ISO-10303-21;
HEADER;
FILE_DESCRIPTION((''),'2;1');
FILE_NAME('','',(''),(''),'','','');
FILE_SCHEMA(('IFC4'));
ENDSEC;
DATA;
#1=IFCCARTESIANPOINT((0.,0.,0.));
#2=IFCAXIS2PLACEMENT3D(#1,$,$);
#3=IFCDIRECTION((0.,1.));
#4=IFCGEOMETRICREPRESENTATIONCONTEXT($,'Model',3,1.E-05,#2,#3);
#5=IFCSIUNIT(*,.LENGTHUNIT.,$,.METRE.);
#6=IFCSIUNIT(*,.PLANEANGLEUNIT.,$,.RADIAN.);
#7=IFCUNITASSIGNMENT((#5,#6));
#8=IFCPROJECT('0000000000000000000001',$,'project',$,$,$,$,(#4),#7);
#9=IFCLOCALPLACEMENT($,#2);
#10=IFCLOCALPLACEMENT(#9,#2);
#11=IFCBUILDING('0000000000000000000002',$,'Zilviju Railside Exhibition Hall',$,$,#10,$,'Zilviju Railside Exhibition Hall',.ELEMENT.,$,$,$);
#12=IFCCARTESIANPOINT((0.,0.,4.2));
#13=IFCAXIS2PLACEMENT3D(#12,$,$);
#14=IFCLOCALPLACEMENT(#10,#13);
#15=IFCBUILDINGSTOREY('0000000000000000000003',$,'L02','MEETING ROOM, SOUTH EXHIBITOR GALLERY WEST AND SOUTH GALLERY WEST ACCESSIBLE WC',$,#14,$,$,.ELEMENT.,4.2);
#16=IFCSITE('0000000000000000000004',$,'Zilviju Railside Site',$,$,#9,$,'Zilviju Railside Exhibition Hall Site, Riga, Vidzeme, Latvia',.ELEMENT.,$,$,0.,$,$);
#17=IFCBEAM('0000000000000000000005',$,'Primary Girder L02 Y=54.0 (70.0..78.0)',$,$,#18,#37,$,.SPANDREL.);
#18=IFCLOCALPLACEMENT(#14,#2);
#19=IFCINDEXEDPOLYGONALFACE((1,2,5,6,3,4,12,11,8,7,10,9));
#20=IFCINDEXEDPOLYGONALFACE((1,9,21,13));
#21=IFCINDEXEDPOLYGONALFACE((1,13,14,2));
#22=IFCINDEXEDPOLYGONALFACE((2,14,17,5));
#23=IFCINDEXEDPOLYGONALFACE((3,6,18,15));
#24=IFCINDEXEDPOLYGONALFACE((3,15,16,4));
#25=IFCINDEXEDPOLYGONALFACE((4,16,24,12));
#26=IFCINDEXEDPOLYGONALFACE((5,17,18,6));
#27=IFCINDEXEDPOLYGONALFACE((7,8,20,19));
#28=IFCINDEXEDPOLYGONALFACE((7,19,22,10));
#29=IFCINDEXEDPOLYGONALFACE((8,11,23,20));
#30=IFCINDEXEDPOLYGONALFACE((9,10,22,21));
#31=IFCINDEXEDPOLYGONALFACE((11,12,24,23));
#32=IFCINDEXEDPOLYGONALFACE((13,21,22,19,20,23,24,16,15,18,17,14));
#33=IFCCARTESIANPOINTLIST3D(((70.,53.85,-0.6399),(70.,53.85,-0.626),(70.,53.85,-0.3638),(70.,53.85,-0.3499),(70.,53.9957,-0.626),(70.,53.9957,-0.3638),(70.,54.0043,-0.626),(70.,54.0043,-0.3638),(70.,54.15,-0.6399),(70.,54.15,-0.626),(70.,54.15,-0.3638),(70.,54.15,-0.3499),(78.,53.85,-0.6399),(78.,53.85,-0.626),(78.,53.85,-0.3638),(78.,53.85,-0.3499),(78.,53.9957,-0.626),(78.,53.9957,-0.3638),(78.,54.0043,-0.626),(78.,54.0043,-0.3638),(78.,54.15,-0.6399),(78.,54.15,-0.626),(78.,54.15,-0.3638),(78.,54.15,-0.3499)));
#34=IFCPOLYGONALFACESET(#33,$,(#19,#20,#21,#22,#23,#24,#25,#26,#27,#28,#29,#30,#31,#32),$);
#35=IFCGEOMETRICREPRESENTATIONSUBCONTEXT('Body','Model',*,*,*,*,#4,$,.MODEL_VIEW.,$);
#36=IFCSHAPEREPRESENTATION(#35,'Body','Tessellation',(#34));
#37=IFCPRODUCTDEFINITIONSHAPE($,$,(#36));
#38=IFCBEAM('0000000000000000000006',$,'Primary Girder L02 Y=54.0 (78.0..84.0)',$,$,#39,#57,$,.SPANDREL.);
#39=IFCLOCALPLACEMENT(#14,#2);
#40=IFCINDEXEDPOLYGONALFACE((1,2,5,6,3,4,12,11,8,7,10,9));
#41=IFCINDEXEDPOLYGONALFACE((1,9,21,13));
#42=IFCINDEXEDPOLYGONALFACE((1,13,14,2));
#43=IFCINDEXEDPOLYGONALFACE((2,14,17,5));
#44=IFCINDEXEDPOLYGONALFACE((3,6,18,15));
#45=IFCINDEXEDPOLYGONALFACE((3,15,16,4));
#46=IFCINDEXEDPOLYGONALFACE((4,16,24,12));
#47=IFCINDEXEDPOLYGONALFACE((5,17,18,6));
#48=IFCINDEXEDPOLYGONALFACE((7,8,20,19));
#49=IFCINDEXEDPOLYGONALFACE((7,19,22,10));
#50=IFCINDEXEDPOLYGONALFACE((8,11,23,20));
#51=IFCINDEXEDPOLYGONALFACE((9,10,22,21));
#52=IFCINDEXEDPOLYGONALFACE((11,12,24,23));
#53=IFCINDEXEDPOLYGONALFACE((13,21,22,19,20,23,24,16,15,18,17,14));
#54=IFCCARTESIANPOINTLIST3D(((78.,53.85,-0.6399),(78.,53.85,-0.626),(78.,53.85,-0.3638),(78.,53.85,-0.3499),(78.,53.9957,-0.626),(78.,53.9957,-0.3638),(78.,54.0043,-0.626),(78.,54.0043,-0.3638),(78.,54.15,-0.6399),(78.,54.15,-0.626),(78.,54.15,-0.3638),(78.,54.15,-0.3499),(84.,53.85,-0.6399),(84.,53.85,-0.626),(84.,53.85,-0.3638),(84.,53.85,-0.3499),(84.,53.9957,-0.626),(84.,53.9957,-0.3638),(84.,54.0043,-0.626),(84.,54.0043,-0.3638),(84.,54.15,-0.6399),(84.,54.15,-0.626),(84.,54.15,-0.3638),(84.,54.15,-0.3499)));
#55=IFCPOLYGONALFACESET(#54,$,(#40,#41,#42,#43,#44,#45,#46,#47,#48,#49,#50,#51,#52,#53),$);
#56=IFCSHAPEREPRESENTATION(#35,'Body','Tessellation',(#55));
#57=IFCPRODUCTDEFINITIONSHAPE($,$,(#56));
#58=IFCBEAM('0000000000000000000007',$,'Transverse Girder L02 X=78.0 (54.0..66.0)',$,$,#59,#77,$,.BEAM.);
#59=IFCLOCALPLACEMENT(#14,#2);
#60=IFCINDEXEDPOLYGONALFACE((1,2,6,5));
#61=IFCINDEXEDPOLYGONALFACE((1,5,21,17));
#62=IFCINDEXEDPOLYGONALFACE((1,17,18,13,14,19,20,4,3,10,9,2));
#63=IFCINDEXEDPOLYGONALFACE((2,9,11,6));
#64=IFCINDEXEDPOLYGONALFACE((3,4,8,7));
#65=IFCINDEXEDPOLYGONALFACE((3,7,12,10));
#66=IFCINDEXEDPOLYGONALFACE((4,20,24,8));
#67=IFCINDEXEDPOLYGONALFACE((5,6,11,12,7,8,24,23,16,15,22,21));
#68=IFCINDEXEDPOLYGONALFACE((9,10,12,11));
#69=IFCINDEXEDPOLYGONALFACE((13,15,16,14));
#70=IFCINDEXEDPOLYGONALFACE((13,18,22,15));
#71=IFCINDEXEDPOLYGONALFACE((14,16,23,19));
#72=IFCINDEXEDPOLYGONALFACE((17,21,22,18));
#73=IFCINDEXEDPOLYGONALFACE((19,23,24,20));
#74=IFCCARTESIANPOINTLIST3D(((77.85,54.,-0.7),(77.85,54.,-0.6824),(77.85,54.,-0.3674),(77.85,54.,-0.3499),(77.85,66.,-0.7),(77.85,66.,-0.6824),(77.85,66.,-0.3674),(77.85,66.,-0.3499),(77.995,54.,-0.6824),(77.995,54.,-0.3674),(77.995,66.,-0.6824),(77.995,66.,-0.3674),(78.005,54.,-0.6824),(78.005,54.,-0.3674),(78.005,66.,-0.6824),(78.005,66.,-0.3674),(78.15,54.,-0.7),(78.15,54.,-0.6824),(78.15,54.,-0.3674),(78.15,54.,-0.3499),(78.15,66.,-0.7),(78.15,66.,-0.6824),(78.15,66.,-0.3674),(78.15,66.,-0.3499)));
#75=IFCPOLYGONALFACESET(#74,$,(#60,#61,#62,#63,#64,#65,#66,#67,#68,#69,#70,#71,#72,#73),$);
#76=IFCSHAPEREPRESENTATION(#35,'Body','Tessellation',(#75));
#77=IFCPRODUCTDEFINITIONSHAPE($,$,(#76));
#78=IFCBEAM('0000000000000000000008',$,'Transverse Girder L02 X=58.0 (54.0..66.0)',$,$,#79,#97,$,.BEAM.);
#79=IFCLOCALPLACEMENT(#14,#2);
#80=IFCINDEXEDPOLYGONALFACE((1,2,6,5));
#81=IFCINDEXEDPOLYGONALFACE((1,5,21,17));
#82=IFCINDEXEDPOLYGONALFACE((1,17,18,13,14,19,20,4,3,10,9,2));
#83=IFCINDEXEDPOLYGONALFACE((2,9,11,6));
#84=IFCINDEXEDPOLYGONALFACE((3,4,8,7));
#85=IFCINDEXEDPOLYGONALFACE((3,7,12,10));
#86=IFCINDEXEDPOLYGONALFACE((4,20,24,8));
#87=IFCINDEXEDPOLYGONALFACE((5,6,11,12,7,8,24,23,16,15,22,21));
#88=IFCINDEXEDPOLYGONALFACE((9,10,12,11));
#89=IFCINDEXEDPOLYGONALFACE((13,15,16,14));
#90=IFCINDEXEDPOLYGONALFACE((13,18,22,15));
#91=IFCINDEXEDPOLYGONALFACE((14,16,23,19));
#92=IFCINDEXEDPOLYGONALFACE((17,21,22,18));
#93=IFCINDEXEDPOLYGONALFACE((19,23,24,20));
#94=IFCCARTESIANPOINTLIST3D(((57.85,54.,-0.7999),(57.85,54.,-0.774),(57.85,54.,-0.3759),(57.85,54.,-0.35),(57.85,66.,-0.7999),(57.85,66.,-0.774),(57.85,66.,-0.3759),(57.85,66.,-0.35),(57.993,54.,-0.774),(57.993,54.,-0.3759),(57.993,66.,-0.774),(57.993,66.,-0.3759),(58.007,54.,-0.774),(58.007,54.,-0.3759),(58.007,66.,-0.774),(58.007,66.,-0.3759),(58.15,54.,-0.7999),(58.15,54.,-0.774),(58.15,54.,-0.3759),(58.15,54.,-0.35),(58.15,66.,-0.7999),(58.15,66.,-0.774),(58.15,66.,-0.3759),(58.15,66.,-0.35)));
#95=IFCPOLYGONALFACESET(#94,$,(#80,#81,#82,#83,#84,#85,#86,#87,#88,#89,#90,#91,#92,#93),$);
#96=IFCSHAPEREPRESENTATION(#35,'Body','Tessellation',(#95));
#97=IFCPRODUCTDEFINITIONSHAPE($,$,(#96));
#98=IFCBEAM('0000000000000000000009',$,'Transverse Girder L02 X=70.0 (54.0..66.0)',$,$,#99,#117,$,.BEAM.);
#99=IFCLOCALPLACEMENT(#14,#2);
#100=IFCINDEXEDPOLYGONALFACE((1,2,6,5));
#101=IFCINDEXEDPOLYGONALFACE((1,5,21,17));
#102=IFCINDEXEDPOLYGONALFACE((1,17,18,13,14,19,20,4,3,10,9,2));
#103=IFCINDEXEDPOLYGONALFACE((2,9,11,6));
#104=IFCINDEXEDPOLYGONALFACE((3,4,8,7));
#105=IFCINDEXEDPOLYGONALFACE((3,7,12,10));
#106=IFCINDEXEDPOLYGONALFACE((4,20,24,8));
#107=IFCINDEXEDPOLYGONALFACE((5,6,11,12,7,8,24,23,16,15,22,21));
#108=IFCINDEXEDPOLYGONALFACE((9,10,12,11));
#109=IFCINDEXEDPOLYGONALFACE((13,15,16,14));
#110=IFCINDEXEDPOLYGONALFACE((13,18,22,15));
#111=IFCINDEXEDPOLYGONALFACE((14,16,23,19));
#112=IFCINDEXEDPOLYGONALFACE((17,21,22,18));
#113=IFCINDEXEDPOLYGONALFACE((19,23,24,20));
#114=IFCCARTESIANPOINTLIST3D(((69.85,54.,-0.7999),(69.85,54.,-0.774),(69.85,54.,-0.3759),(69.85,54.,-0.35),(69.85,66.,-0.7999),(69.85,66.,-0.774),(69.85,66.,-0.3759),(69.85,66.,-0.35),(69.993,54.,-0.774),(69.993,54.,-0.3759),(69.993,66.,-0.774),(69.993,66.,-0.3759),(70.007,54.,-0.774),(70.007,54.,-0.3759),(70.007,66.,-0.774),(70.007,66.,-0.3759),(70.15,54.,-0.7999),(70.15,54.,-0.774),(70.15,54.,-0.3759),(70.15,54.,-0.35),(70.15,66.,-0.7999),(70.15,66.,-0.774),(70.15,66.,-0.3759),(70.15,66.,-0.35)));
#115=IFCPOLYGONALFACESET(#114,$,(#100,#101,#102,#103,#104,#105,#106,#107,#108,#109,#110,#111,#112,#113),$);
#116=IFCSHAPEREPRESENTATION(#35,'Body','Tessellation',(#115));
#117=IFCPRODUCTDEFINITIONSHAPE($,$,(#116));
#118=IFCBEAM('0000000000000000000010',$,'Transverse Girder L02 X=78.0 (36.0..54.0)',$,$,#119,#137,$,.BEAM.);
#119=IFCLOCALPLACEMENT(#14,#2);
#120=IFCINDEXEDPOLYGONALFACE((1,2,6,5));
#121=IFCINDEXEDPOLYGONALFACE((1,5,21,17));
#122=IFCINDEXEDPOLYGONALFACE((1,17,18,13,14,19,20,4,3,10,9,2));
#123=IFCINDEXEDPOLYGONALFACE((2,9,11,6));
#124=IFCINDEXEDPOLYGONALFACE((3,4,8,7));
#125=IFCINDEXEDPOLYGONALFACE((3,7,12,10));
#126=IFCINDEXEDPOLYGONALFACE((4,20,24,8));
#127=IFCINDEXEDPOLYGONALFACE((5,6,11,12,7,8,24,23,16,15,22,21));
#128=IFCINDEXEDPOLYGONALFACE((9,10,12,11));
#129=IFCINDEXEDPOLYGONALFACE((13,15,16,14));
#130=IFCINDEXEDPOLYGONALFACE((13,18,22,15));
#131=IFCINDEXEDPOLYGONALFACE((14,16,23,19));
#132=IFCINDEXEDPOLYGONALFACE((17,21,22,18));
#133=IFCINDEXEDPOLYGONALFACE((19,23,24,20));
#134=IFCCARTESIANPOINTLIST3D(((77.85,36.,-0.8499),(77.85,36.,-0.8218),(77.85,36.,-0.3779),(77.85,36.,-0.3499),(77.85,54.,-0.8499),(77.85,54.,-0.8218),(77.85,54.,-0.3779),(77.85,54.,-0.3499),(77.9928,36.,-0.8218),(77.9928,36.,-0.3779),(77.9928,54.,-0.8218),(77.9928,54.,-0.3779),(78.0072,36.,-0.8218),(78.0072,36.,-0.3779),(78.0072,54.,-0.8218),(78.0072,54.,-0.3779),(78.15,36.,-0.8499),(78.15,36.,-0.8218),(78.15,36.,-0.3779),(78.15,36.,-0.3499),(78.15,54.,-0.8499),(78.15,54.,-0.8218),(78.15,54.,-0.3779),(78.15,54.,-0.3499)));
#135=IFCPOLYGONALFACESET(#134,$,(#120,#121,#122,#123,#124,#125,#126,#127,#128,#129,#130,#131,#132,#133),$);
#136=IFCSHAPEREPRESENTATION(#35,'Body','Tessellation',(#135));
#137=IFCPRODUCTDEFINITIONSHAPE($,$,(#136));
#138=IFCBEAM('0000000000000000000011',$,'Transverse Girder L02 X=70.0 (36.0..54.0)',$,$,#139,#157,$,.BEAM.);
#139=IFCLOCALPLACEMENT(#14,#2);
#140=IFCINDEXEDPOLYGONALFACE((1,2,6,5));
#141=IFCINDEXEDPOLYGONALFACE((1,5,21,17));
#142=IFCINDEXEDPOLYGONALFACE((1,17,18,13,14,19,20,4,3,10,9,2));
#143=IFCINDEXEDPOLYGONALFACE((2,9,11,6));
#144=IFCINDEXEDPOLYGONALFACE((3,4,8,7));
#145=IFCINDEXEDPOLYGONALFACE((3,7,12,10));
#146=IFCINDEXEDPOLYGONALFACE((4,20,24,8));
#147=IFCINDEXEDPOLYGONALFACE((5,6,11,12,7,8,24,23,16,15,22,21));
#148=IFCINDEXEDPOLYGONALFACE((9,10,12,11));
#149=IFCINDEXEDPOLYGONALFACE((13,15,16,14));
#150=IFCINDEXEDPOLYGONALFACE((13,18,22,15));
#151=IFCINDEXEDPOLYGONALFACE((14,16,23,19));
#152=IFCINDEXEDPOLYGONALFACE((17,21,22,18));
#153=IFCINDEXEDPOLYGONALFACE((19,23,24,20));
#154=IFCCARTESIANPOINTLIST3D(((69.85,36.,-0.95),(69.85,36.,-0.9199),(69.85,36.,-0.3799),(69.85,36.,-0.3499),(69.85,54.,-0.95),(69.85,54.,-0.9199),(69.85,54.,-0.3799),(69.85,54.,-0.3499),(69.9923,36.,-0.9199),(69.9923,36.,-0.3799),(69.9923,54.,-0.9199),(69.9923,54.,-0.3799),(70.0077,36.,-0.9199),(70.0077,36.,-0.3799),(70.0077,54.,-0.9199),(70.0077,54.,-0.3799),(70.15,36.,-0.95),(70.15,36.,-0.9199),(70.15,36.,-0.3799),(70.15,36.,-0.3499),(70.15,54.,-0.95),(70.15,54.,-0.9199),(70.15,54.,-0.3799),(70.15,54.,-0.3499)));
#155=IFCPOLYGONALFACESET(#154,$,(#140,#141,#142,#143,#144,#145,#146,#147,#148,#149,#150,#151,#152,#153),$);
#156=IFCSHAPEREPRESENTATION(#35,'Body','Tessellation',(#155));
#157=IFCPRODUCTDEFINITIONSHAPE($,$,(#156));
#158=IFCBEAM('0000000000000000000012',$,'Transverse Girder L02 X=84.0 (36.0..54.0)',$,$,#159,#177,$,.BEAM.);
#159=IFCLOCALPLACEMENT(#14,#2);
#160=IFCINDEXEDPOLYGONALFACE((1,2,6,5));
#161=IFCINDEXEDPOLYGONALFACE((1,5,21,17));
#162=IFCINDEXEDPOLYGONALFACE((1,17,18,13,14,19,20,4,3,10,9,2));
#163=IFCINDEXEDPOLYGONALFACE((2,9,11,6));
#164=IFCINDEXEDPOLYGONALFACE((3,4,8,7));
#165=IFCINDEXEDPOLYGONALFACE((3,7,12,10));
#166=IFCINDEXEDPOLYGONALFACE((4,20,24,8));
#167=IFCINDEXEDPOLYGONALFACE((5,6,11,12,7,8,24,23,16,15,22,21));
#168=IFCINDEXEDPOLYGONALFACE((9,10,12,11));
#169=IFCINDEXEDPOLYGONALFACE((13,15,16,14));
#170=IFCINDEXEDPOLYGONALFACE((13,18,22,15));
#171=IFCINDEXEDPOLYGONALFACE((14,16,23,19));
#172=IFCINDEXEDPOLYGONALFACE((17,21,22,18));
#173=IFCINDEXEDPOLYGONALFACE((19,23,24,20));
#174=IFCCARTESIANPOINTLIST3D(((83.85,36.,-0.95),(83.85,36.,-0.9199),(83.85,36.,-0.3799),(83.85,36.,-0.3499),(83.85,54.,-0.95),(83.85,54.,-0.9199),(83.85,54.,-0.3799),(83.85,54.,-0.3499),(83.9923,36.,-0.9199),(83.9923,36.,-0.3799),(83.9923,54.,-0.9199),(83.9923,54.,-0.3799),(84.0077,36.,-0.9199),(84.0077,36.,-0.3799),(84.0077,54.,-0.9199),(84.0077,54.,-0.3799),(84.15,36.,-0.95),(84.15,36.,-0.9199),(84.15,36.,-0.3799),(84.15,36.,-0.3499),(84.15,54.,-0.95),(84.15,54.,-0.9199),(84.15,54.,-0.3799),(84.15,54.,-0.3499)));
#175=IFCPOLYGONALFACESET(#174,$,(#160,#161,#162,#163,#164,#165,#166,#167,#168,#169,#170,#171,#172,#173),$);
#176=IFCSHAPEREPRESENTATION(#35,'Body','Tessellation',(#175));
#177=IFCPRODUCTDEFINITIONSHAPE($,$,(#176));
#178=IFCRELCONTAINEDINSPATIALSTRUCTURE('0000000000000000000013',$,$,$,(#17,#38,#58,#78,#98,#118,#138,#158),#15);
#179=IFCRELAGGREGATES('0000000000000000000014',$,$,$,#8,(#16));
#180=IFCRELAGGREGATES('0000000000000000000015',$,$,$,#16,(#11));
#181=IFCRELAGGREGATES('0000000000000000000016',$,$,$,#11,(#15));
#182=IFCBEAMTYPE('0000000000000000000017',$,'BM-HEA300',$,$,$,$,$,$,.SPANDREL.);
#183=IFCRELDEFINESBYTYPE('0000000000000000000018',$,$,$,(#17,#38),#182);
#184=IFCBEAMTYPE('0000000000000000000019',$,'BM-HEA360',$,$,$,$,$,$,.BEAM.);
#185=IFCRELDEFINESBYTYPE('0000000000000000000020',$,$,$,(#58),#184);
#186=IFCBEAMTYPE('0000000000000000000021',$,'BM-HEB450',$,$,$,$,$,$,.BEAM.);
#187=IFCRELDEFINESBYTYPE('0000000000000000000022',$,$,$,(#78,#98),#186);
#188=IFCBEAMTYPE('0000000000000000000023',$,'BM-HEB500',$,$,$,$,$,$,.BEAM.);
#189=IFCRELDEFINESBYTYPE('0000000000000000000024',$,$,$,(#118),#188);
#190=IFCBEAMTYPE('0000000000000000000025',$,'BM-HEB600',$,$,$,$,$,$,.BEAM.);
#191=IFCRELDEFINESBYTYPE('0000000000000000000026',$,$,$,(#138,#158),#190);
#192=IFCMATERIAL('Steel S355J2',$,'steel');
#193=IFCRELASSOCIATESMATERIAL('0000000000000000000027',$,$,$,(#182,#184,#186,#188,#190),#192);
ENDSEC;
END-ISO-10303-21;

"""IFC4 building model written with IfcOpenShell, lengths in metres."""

from ifc_helpers import new_model, si_unit, direction, frame, origin, origin_2d, place, context, subcontext, project, spatial, i_section, extrude, material, material_profile, profile_set, type_object, element, save


model = new_model("IFC4")

# Units and contexts
model_context = context("Model", 3, precision=1e-05, world=origin(), true_north=direction((0.0, 1.0)))
body_context = subcontext(model_context, "Body", "Model", "MODEL_VIEW")
ifc_project = project(units=[si_unit("LENGTHUNIT", "METRE"), si_unit("PLANEANGLEUNIT", "RADIAN")], contexts=[model_context])

# Site, building, storey
site_placement = place(None, origin())
site = spatial("IfcSite", under=ifc_project, at=site_placement, Name="Zilviju Railside Site", LongName="Zilviju Railside Exhibition Hall Site, Riga, Vidzeme, Latvia", CompositionType="ELEMENT", RefElevation=0.0)
building_placement = place(site_placement, origin())
building = spatial("IfcBuilding", under=site, at=building_placement, Name="Zilviju Railside Exhibition Hall", LongName="Zilviju Railside Exhibition Hall", CompositionType="ELEMENT")
storey_placement = place(building_placement, frame((0.0, 0.0, 4.2)))
storey = spatial("IfcBuildingStorey", under=building, at=storey_placement, Name="L02", Description="MEETING ROOM, SOUTH EXHIBITOR GALLERY WEST AND SOUTH GALLERY WEST ACCESSIBLE WC", CompositionType="ELEMENT", Elevation=4.2)

# Shared definitions
ifc_material_1 = material(Name="Steel S355J2", Category="steel")

# Beams
ifc_material_profile_1 = material_profile(ifc_material_1, i_section(OverallWidth=0.3, OverallDepth=0.29, WebThickness=0.0085, FlangeThickness=0.0139, at=origin_2d()), Name="HEA 300")
ifc_profile_set_1 = profile_set([ifc_material_profile_1], Name="Steel S355J2")
beam_type_1 = type_object("IfcBeamType", Name="BM-HEA300", PredefinedType="SPANDREL", material=ifc_profile_set_1)
beam_1_placement = place(storey_placement, frame((70.0, 54.0, -0.4949), z_axis=(1.0, 0.0, 0.0), x_axis=(0.0, 1.0, 0.0)))
element("IfcBeam", 1, at=beam_1_placement, inside=storey, type_object=beam_type_1, Name="Primary Girder L02 Y=54.0 (70.0..78.0)", PredefinedType="SPANDREL", context=body_context, shape_type="SweptSolid", body=[
    extrude(i_section(OverallWidth=0.3, OverallDepth=0.29, WebThickness=0.0085, FlangeThickness=0.0139, at=origin_2d()), origin(), (0.0, 0.0, 1.0), 8.0),
])
beam_2_placement = place(storey_placement, frame((78.0, 54.0, -0.4949), z_axis=(1.0, 0.0, 0.0), x_axis=(0.0, 1.0, 0.0)))
element("IfcBeam", 2, at=beam_2_placement, inside=storey, type_object=beam_type_1, Name="Primary Girder L02 Y=54.0 (78.0..84.0)", PredefinedType="SPANDREL", context=body_context, shape_type="SweptSolid", body=[
    extrude(i_section(OverallWidth=0.3, OverallDepth=0.29, WebThickness=0.0085, FlangeThickness=0.0139, at=origin_2d()), origin(), (0.0, 0.0, 1.0), 6.0),
])
ifc_material_profile_2 = material_profile(ifc_material_1, i_section(OverallWidth=0.3, OverallDepth=0.3501, WebThickness=0.01, FlangeThickness=0.0176, at=origin_2d()), Name="HEA 360")
ifc_profile_set_2 = profile_set([ifc_material_profile_2], Name="Steel S355J2")
beam_type_2 = type_object("IfcBeamType", Name="BM-HEA360", PredefinedType="BEAM", material=ifc_profile_set_2)
beam_3_placement = place(storey_placement, frame((78.0, 54.0, -0.5249), z_axis=(0.0, 1.0, 0.0), x_axis=(-1.0, 0.0, 0.0)))
element("IfcBeam", 3, at=beam_3_placement, inside=storey, type_object=beam_type_2, Name="Transverse Girder L02 X=78.0 (54.0..66.0)", PredefinedType="BEAM", context=body_context, shape_type="SweptSolid", body=[
    extrude(i_section(OverallWidth=0.3, OverallDepth=0.3501, WebThickness=0.01, FlangeThickness=0.0176, at=origin_2d()), origin(), (0.0, 0.0, 1.0), 12.0),
])
ifc_material_profile_3 = material_profile(ifc_material_1, i_section(OverallWidth=0.3, OverallDepth=0.45, WebThickness=0.0139, FlangeThickness=0.0259, at=origin_2d()), Name="HEB 450")
ifc_profile_set_3 = profile_set([ifc_material_profile_3], Name="Steel S355J2")
beam_type_3 = type_object("IfcBeamType", Name="BM-HEB450", PredefinedType="BEAM", material=ifc_profile_set_3)
for number, where, z_axis, x_axis, name in (
    (4, (58.0, 54.0, -0.575), (0.0, 1.0, 0.0), (-1.0, 0.0, 0.0), "Transverse Girder L02 X=58.0 (54.0..66.0)"),
    (5, (70.0, 54.0, -0.575), (0.0, 1.0, 0.0), (-1.0, 0.0, 0.0), "Transverse Girder L02 X=70.0 (54.0..66.0)"),
):
    element("IfcBeam", number, at=place(storey_placement, frame(where, z_axis=z_axis, x_axis=x_axis)), inside=storey, type_object=beam_type_3, Name=name, PredefinedType="BEAM", context=body_context, shape_type="SweptSolid", body=[
        extrude(i_section(OverallWidth=0.3, OverallDepth=0.45, WebThickness=0.0139, FlangeThickness=0.0259, at=origin_2d()), origin(), (0.0, 0.0, 1.0), 12.0),
    ])
ifc_material_profile_4 = material_profile(ifc_material_1, i_section(OverallWidth=0.3, OverallDepth=0.5, WebThickness=0.0144, FlangeThickness=0.0281, at=origin_2d()), Name="HEB 500")
ifc_profile_set_4 = profile_set([ifc_material_profile_4], Name="Steel S355J2")
beam_type_4 = type_object("IfcBeamType", Name="BM-HEB500", PredefinedType="BEAM", material=ifc_profile_set_4)
beam_4_placement = place(storey_placement, frame((78.0, 36.0, -0.5999), z_axis=(0.0, 1.0, 0.0), x_axis=(-1.0, 0.0, 0.0)))
element("IfcBeam", 6, at=beam_4_placement, inside=storey, type_object=beam_type_4, Name="Transverse Girder L02 X=78.0 (36.0..54.0)", PredefinedType="BEAM", context=body_context, shape_type="SweptSolid", body=[
    extrude(i_section(OverallWidth=0.3, OverallDepth=0.5, WebThickness=0.0144, FlangeThickness=0.0281, at=origin_2d()), origin(), (0.0, 0.0, 1.0), 18.0),
])
ifc_material_profile_5 = material_profile(ifc_material_1, i_section(OverallWidth=0.3, OverallDepth=0.6001, WebThickness=0.0154, FlangeThickness=0.03, at=origin_2d()), Name="HEB 600")
ifc_profile_set_5 = profile_set([ifc_material_profile_5], Name="Steel S355J2")
beam_type_5 = type_object("IfcBeamType", Name="BM-HEB600", PredefinedType="BEAM", material=ifc_profile_set_5)
for number, where, z_axis, x_axis, name in (
    (7, (70.0, 36.0, -0.6499), (0.0, 1.0, 0.0), (-1.0, 0.0, 0.0), "Transverse Girder L02 X=70.0 (36.0..54.0)"),
    (8, (84.0, 36.0, -0.6499), (0.0, 1.0, 0.0), (-1.0, 0.0, 0.0), "Transverse Girder L02 X=84.0 (36.0..54.0)"),
):
    element("IfcBeam", number, at=place(storey_placement, frame(where, z_axis=z_axis, x_axis=x_axis)), inside=storey, type_object=beam_type_5, Name=name, PredefinedType="BEAM", context=body_context, shape_type="SweptSolid", body=[
        extrude(i_section(OverallWidth=0.3, OverallDepth=0.6001, WebThickness=0.0154, FlangeThickness=0.03, at=origin_2d()), origin(), (0.0, 0.0, 1.0), 18.0),
    ])

save(model, "model.ifc")
